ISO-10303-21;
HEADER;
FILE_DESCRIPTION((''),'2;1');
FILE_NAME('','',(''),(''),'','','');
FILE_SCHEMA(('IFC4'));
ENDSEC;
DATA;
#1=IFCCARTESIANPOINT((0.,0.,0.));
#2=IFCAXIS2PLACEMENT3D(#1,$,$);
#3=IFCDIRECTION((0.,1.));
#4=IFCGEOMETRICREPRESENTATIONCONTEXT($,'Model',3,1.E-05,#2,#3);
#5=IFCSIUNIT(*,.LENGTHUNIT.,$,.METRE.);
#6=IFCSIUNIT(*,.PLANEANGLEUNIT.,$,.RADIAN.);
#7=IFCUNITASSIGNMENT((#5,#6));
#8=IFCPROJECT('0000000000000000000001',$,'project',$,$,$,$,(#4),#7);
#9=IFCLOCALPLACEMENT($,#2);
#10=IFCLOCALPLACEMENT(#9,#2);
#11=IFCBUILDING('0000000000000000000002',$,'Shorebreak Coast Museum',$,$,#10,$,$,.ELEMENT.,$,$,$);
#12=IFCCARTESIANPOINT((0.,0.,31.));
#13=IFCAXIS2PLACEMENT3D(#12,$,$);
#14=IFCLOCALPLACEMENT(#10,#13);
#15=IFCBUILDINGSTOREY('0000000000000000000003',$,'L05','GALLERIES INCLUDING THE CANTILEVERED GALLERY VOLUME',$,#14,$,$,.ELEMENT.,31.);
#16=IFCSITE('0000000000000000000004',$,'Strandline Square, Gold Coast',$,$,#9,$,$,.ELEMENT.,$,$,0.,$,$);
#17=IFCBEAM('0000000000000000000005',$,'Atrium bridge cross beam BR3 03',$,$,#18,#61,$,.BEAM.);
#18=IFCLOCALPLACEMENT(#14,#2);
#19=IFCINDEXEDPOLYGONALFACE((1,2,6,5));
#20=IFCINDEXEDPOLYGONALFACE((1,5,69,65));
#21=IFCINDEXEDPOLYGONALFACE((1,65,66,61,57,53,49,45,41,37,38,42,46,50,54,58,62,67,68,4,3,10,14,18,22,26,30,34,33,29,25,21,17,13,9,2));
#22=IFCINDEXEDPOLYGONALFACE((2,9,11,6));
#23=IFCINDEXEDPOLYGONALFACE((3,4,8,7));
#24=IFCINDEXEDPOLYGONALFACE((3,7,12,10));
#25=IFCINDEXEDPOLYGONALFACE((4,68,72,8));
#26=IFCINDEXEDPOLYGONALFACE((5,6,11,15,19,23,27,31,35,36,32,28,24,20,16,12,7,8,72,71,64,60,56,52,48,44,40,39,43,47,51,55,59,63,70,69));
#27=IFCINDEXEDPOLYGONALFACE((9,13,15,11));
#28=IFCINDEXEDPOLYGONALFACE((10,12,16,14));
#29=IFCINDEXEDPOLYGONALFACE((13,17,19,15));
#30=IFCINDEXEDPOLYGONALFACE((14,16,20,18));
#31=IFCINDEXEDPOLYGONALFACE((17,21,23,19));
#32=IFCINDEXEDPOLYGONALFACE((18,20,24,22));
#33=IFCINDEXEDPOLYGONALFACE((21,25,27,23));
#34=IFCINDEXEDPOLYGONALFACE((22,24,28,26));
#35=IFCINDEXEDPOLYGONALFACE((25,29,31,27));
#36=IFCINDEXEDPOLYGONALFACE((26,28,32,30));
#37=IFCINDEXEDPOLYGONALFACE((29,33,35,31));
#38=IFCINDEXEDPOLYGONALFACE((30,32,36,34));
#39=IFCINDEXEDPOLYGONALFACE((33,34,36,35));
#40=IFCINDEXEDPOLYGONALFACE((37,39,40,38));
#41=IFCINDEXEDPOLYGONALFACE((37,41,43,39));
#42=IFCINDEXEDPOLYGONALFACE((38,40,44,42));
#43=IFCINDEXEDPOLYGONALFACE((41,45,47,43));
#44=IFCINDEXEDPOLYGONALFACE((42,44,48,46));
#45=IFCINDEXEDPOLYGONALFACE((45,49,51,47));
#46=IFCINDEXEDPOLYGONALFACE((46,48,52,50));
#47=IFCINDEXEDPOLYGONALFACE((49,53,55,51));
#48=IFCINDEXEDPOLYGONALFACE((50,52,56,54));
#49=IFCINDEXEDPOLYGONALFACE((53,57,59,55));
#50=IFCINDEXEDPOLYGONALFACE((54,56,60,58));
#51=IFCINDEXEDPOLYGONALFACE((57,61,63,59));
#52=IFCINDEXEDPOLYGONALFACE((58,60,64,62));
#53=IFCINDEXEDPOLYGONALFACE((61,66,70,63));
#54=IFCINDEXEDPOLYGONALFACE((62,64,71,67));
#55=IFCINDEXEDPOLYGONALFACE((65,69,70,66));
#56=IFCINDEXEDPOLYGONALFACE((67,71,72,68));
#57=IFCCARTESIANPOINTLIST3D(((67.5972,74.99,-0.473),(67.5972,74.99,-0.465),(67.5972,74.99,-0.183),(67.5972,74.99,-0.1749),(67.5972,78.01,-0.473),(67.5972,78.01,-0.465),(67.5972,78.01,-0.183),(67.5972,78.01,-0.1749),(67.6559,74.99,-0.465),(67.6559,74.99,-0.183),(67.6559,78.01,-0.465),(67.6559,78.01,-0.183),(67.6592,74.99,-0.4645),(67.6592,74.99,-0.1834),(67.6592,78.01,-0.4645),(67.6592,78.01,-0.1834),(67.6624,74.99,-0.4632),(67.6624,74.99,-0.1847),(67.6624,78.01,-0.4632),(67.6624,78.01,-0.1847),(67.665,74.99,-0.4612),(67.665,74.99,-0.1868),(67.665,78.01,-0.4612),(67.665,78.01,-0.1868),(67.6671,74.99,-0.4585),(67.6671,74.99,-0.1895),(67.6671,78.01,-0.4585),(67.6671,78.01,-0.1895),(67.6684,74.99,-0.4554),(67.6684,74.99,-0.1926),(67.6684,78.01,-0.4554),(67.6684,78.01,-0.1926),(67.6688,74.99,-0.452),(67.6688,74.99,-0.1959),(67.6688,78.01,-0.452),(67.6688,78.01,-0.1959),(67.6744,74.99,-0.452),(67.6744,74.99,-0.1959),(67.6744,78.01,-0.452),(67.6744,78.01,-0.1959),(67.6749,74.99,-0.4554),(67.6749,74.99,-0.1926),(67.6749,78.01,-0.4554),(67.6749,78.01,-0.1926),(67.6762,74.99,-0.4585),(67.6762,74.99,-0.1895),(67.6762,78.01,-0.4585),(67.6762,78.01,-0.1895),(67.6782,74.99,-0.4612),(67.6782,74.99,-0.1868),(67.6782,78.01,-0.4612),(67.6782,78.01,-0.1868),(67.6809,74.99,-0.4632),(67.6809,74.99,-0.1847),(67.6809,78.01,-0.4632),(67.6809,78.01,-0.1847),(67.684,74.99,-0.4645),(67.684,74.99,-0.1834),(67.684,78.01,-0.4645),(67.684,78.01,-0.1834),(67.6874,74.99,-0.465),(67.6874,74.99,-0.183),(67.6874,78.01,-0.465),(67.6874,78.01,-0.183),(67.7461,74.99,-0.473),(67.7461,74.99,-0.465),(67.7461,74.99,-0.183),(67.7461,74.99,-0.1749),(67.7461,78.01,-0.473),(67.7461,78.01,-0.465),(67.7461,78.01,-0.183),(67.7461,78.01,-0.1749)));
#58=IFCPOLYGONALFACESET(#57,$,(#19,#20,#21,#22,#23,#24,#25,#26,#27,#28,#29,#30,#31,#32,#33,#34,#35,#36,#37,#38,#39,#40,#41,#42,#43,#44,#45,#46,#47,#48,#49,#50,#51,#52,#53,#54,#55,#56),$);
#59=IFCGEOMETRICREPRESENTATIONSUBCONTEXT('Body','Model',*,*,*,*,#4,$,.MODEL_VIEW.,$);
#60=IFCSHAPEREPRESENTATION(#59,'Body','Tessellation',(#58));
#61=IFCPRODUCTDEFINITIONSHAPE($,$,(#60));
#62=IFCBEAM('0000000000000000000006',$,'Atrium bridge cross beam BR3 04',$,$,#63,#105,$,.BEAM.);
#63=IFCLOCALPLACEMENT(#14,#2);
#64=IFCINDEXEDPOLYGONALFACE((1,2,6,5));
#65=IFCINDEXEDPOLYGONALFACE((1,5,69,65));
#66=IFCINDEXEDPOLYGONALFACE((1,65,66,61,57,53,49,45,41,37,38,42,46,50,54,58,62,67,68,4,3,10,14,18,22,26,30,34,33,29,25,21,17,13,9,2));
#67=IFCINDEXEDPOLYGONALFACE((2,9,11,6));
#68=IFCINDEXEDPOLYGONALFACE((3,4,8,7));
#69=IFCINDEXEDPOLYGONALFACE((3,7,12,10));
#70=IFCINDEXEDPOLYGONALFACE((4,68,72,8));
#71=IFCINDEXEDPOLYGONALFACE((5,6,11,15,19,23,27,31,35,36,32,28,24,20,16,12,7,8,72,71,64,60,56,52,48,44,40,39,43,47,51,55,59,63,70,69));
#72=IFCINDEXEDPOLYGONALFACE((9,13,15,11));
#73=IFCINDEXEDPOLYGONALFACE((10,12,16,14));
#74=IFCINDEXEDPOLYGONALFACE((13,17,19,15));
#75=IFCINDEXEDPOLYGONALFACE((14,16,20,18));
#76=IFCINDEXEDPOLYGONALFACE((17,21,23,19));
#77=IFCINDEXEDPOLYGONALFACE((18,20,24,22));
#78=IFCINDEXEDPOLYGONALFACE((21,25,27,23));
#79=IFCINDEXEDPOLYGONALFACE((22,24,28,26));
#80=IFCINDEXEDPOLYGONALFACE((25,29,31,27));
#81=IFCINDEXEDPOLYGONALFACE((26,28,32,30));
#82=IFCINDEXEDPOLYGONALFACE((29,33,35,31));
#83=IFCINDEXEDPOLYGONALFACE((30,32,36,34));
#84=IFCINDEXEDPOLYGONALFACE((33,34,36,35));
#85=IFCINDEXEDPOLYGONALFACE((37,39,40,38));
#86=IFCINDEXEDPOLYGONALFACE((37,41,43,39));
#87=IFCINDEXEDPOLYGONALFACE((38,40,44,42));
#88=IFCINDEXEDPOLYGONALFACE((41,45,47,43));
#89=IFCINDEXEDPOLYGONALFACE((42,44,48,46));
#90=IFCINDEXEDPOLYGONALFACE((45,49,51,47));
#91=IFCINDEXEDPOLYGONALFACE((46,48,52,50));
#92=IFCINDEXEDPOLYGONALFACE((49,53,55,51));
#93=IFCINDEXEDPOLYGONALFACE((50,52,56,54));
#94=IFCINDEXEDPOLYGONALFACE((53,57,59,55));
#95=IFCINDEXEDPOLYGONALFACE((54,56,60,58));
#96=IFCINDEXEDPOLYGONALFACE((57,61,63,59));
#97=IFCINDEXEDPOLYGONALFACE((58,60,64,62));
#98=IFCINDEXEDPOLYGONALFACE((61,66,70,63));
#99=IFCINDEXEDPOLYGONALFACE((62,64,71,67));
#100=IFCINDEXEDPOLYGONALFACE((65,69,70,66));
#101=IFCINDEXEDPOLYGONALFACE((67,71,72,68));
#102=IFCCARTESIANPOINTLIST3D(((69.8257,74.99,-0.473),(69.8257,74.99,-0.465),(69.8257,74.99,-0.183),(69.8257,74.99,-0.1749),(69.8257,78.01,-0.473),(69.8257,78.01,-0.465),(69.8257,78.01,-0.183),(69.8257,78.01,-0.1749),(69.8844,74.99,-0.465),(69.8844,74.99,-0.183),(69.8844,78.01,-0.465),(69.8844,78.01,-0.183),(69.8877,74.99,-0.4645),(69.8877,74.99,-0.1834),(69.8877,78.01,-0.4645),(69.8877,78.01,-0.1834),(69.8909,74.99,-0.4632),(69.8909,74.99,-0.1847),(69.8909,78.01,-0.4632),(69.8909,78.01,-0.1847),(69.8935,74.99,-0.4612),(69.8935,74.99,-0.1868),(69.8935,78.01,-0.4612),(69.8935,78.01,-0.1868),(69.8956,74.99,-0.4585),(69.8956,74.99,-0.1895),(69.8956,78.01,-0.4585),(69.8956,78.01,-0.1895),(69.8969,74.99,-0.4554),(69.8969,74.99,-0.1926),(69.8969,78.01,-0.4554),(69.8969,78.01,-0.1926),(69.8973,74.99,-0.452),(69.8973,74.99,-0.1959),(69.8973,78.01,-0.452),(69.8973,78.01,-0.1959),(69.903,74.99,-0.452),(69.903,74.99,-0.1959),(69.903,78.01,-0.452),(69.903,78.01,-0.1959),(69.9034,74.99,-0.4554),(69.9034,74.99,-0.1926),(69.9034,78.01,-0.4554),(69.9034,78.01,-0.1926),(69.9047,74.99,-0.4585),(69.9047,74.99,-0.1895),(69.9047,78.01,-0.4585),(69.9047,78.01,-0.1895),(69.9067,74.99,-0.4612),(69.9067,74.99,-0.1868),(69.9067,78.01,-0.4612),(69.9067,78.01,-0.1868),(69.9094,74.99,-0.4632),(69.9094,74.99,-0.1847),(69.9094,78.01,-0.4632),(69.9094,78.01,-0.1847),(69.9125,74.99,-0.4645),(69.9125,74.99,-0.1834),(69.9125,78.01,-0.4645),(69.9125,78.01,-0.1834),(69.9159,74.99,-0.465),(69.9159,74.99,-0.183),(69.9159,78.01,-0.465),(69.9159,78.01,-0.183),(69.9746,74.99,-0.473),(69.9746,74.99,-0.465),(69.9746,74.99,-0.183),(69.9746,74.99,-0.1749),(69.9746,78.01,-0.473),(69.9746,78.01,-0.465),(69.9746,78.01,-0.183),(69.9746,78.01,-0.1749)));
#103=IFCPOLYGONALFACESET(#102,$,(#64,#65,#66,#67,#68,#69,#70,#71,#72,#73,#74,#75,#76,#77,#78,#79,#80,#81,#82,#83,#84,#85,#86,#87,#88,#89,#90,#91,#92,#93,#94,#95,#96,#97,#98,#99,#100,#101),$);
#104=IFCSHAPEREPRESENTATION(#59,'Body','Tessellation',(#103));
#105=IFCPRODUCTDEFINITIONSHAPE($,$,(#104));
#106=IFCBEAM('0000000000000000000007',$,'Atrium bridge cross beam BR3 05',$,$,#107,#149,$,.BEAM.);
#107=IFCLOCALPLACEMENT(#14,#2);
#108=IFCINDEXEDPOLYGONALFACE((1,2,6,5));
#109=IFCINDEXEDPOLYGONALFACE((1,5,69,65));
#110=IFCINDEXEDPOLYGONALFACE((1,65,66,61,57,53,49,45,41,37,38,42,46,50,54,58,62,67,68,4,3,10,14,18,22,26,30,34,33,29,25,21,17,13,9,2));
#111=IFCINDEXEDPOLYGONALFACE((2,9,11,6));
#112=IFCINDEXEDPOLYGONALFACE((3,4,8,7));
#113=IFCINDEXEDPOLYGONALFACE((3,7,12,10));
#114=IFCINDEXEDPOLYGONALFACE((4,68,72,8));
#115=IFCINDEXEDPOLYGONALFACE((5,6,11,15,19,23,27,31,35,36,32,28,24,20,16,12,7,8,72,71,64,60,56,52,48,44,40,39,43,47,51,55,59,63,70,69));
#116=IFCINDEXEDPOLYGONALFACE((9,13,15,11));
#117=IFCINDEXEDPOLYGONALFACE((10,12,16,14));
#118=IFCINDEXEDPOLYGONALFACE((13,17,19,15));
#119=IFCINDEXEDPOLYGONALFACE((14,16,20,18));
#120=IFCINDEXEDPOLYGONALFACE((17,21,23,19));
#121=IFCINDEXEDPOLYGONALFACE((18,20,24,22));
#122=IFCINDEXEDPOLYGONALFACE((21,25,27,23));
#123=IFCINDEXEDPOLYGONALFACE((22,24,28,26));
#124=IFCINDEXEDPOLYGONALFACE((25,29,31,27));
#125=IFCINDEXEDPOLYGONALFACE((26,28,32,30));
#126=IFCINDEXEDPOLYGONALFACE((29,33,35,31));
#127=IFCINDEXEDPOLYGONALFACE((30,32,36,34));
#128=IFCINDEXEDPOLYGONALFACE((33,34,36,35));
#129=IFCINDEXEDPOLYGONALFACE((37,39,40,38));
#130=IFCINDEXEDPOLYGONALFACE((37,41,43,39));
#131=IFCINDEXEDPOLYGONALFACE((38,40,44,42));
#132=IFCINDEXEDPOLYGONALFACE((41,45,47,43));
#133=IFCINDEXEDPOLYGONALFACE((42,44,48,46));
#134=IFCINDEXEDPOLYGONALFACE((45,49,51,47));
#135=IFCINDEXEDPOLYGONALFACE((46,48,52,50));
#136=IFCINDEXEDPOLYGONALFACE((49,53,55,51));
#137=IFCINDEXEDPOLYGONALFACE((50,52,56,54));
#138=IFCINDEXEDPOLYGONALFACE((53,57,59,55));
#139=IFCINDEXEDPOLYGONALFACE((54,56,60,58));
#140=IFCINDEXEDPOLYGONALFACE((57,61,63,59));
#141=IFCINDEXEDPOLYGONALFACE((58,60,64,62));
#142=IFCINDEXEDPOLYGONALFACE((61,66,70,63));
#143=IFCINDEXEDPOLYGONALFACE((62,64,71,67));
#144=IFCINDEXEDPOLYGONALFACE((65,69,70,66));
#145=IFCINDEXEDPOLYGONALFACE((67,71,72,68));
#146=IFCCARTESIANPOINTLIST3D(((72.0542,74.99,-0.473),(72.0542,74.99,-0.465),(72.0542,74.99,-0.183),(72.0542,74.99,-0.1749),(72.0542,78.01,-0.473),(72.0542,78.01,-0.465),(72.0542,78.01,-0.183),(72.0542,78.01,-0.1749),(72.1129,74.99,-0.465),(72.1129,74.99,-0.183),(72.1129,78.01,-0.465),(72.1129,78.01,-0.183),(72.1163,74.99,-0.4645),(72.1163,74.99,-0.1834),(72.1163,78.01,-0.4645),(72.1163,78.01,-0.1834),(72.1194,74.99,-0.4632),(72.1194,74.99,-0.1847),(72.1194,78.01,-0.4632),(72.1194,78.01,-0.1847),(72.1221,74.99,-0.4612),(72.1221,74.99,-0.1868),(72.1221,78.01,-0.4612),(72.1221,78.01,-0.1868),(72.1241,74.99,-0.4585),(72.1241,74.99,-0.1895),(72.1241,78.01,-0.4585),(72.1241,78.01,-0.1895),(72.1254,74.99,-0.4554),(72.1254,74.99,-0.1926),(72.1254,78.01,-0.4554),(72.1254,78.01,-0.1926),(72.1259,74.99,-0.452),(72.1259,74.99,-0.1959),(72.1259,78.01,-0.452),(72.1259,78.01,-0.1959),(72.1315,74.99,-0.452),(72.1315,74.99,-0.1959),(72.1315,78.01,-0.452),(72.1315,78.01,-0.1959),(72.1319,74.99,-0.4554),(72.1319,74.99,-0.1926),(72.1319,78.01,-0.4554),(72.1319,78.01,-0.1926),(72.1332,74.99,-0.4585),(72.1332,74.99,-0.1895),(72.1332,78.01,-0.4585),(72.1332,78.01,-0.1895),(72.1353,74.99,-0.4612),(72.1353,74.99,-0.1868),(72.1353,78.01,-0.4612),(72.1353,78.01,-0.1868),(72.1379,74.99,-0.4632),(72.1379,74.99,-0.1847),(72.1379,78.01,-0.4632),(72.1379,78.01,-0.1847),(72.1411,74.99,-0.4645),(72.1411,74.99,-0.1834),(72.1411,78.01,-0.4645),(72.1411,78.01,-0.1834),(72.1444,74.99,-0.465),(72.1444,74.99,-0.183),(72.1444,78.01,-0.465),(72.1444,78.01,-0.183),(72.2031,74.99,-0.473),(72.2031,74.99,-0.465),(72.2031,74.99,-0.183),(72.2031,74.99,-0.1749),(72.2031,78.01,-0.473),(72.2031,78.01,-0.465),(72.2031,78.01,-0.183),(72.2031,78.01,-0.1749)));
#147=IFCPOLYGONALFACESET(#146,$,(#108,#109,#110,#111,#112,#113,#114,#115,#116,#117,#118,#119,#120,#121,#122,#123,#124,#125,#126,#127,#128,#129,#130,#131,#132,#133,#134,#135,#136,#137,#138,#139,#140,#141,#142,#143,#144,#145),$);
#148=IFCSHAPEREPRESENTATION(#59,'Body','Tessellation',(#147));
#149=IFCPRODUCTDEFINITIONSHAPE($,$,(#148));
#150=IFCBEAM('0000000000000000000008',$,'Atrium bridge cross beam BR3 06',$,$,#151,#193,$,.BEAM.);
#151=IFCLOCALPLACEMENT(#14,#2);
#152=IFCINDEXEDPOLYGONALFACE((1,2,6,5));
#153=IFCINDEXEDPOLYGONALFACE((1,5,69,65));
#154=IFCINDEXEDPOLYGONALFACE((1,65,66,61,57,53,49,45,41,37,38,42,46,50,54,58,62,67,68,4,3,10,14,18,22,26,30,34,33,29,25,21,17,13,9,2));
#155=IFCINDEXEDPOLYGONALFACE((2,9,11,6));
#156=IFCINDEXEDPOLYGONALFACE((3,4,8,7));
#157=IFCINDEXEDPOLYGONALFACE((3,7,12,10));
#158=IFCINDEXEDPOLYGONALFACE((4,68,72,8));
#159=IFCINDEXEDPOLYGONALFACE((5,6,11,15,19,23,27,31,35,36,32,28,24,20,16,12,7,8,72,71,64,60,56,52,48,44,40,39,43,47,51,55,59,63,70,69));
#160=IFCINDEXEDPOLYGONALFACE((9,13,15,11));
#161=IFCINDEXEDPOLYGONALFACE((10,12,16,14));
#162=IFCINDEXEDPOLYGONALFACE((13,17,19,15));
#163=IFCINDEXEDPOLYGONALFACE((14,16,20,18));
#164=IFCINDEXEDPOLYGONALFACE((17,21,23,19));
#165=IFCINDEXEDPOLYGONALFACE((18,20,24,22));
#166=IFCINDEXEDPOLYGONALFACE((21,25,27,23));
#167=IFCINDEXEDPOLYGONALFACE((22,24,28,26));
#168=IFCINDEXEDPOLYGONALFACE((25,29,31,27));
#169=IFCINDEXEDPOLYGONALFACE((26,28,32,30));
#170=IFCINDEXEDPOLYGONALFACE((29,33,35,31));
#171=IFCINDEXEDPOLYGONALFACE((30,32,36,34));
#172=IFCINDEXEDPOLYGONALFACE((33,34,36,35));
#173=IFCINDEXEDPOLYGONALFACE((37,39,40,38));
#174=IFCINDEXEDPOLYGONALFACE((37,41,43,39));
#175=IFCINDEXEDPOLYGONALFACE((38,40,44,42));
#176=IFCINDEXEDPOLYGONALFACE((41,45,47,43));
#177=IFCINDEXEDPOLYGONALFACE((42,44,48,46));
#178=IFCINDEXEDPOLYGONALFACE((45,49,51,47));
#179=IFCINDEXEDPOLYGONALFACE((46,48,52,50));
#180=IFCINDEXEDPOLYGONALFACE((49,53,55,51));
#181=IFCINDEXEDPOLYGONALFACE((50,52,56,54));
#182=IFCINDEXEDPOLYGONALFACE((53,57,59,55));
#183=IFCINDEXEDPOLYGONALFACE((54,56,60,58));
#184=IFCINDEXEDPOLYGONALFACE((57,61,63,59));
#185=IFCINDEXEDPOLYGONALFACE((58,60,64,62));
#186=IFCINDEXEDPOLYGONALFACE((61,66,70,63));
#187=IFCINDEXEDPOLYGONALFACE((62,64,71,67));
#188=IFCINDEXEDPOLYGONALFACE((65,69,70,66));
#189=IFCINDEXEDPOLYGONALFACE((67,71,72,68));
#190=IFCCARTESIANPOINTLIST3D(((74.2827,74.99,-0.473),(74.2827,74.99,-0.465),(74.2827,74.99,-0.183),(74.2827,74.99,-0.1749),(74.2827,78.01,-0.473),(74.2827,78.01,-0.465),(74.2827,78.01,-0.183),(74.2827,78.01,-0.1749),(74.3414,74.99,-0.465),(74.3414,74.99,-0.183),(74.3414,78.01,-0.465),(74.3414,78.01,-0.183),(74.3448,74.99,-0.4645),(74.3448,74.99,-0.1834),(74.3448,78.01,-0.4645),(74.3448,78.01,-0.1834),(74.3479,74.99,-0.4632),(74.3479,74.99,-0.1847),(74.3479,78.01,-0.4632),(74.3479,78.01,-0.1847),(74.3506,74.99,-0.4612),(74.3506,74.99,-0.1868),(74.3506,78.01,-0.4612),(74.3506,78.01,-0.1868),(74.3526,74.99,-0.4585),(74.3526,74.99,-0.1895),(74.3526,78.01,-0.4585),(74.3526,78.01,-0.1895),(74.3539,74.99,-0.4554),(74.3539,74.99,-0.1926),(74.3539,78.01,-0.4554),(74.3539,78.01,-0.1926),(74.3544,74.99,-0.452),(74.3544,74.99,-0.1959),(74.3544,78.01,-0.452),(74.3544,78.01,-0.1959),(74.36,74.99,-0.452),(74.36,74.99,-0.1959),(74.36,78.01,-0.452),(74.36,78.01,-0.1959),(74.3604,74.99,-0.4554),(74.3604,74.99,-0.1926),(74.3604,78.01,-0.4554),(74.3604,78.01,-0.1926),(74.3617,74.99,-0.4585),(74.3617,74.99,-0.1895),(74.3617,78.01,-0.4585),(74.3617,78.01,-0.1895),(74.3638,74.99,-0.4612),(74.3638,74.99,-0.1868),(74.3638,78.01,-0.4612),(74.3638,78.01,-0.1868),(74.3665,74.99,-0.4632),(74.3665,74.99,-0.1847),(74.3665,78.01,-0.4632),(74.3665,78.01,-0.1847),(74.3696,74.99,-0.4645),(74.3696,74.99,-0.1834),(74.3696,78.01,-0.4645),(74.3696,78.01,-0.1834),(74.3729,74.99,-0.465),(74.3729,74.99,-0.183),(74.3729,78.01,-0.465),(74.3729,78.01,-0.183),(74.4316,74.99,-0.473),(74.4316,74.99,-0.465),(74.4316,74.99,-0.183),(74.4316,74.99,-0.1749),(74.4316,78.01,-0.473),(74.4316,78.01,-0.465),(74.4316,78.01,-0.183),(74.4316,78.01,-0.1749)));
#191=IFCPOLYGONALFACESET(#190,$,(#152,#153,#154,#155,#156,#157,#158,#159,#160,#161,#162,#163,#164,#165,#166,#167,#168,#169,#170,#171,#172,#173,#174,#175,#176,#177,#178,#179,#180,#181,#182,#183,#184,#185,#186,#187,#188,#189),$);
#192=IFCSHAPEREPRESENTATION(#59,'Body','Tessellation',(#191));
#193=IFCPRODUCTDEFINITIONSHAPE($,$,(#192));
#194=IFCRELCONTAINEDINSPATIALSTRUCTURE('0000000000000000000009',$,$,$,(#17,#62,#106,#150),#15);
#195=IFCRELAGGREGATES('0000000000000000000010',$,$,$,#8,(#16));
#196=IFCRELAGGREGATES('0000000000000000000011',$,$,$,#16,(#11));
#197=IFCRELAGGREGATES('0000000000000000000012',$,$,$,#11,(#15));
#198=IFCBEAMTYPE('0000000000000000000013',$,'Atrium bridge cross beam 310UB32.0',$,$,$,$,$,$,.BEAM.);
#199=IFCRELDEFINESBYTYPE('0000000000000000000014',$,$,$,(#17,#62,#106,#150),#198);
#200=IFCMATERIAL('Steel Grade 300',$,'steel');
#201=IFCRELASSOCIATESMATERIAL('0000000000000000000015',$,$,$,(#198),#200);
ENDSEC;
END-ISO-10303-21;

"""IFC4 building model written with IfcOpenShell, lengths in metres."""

from ifc_helpers import new_model, si_unit, direction, frame, origin, origin_2d, place, context, subcontext, project, spatial, i_section, extrude, material, material_profile, profile_set, type_object, element, save


model = new_model("IFC4")

# Units and contexts
model_context = context("Model", 3, precision=1e-05, world=origin(), true_north=direction((0.0, 1.0)))
body_context = subcontext(model_context, "Body", "Model", "MODEL_VIEW")
ifc_project = project(units=[si_unit("LENGTHUNIT", "METRE"), si_unit("PLANEANGLEUNIT", "RADIAN")], contexts=[model_context])

# Site, building, storey
site_placement = place(None, origin())
site = spatial("IfcSite", under=ifc_project, at=site_placement, Name="Strandline Square, Gold Coast", CompositionType="ELEMENT", RefElevation=0.0)
building_placement = place(site_placement, origin())
building = spatial("IfcBuilding", under=site, at=building_placement, Name="Shorebreak Coast Museum", CompositionType="ELEMENT")
storey_placement = place(building_placement, frame((0.0, 0.0, 31.0)))
storey = spatial("IfcBuildingStorey", under=building, at=storey_placement, Name="L05", Description="GALLERIES INCLUDING THE CANTILEVERED GALLERY VOLUME", CompositionType="ELEMENT", Elevation=31.0)

# Beams
ifc_material_1 = material(Name="Steel Grade 300", Category="steel")
ifc_material_profile_1 = material_profile(ifc_material_1, i_section(OverallWidth=0.1489, OverallDepth=0.2981, WebThickness=0.0056, FlangeThickness=0.0081, FilletRadius=0.0129, at=origin_2d()), Name="310UB32.0")
ifc_profile_set_1 = profile_set([ifc_material_profile_1], Name="Steel Grade 300")
beam_type_1 = type_object("IfcBeamType", Name="Atrium bridge cross beam 310UB32.0", PredefinedType="BEAM", material=ifc_profile_set_1)
for number, where, z_axis, x_axis, name in (
    (1, (67.6716, 74.99, -0.324), (0.0, 1.0, 0.0), (-1.0, 0.0, 0.0), "Atrium bridge cross beam BR3 03"),
    (2, (69.9001, 74.99, -0.324), (0.0, 1.0, 0.0), (-1.0, 0.0, 0.0), "Atrium bridge cross beam BR3 04"),
    (3, (72.1287, 74.99, -0.324), (0.0, 1.0, 0.0), (-1.0, 0.0, 0.0), "Atrium bridge cross beam BR3 05"),
    (4, (74.3572, 74.99, -0.324), (0.0, 1.0, 0.0), (-1.0, 0.0, 0.0), "Atrium bridge cross beam BR3 06"),
):
    element("IfcBeam", number, at=place(storey_placement, frame(where, z_axis=z_axis, x_axis=x_axis)), inside=storey, type_object=beam_type_1, Name=name, PredefinedType="BEAM", context=body_context, shape_type="SweptSolid", body=[
        extrude(i_section(OverallWidth=0.1489, OverallDepth=0.2981, WebThickness=0.0056, FlangeThickness=0.0081, FilletRadius=0.0129, at=origin_2d()), origin(), (0.0, 0.0, 1.0), 3.02),
    ])

save(model, "model.ifc")
